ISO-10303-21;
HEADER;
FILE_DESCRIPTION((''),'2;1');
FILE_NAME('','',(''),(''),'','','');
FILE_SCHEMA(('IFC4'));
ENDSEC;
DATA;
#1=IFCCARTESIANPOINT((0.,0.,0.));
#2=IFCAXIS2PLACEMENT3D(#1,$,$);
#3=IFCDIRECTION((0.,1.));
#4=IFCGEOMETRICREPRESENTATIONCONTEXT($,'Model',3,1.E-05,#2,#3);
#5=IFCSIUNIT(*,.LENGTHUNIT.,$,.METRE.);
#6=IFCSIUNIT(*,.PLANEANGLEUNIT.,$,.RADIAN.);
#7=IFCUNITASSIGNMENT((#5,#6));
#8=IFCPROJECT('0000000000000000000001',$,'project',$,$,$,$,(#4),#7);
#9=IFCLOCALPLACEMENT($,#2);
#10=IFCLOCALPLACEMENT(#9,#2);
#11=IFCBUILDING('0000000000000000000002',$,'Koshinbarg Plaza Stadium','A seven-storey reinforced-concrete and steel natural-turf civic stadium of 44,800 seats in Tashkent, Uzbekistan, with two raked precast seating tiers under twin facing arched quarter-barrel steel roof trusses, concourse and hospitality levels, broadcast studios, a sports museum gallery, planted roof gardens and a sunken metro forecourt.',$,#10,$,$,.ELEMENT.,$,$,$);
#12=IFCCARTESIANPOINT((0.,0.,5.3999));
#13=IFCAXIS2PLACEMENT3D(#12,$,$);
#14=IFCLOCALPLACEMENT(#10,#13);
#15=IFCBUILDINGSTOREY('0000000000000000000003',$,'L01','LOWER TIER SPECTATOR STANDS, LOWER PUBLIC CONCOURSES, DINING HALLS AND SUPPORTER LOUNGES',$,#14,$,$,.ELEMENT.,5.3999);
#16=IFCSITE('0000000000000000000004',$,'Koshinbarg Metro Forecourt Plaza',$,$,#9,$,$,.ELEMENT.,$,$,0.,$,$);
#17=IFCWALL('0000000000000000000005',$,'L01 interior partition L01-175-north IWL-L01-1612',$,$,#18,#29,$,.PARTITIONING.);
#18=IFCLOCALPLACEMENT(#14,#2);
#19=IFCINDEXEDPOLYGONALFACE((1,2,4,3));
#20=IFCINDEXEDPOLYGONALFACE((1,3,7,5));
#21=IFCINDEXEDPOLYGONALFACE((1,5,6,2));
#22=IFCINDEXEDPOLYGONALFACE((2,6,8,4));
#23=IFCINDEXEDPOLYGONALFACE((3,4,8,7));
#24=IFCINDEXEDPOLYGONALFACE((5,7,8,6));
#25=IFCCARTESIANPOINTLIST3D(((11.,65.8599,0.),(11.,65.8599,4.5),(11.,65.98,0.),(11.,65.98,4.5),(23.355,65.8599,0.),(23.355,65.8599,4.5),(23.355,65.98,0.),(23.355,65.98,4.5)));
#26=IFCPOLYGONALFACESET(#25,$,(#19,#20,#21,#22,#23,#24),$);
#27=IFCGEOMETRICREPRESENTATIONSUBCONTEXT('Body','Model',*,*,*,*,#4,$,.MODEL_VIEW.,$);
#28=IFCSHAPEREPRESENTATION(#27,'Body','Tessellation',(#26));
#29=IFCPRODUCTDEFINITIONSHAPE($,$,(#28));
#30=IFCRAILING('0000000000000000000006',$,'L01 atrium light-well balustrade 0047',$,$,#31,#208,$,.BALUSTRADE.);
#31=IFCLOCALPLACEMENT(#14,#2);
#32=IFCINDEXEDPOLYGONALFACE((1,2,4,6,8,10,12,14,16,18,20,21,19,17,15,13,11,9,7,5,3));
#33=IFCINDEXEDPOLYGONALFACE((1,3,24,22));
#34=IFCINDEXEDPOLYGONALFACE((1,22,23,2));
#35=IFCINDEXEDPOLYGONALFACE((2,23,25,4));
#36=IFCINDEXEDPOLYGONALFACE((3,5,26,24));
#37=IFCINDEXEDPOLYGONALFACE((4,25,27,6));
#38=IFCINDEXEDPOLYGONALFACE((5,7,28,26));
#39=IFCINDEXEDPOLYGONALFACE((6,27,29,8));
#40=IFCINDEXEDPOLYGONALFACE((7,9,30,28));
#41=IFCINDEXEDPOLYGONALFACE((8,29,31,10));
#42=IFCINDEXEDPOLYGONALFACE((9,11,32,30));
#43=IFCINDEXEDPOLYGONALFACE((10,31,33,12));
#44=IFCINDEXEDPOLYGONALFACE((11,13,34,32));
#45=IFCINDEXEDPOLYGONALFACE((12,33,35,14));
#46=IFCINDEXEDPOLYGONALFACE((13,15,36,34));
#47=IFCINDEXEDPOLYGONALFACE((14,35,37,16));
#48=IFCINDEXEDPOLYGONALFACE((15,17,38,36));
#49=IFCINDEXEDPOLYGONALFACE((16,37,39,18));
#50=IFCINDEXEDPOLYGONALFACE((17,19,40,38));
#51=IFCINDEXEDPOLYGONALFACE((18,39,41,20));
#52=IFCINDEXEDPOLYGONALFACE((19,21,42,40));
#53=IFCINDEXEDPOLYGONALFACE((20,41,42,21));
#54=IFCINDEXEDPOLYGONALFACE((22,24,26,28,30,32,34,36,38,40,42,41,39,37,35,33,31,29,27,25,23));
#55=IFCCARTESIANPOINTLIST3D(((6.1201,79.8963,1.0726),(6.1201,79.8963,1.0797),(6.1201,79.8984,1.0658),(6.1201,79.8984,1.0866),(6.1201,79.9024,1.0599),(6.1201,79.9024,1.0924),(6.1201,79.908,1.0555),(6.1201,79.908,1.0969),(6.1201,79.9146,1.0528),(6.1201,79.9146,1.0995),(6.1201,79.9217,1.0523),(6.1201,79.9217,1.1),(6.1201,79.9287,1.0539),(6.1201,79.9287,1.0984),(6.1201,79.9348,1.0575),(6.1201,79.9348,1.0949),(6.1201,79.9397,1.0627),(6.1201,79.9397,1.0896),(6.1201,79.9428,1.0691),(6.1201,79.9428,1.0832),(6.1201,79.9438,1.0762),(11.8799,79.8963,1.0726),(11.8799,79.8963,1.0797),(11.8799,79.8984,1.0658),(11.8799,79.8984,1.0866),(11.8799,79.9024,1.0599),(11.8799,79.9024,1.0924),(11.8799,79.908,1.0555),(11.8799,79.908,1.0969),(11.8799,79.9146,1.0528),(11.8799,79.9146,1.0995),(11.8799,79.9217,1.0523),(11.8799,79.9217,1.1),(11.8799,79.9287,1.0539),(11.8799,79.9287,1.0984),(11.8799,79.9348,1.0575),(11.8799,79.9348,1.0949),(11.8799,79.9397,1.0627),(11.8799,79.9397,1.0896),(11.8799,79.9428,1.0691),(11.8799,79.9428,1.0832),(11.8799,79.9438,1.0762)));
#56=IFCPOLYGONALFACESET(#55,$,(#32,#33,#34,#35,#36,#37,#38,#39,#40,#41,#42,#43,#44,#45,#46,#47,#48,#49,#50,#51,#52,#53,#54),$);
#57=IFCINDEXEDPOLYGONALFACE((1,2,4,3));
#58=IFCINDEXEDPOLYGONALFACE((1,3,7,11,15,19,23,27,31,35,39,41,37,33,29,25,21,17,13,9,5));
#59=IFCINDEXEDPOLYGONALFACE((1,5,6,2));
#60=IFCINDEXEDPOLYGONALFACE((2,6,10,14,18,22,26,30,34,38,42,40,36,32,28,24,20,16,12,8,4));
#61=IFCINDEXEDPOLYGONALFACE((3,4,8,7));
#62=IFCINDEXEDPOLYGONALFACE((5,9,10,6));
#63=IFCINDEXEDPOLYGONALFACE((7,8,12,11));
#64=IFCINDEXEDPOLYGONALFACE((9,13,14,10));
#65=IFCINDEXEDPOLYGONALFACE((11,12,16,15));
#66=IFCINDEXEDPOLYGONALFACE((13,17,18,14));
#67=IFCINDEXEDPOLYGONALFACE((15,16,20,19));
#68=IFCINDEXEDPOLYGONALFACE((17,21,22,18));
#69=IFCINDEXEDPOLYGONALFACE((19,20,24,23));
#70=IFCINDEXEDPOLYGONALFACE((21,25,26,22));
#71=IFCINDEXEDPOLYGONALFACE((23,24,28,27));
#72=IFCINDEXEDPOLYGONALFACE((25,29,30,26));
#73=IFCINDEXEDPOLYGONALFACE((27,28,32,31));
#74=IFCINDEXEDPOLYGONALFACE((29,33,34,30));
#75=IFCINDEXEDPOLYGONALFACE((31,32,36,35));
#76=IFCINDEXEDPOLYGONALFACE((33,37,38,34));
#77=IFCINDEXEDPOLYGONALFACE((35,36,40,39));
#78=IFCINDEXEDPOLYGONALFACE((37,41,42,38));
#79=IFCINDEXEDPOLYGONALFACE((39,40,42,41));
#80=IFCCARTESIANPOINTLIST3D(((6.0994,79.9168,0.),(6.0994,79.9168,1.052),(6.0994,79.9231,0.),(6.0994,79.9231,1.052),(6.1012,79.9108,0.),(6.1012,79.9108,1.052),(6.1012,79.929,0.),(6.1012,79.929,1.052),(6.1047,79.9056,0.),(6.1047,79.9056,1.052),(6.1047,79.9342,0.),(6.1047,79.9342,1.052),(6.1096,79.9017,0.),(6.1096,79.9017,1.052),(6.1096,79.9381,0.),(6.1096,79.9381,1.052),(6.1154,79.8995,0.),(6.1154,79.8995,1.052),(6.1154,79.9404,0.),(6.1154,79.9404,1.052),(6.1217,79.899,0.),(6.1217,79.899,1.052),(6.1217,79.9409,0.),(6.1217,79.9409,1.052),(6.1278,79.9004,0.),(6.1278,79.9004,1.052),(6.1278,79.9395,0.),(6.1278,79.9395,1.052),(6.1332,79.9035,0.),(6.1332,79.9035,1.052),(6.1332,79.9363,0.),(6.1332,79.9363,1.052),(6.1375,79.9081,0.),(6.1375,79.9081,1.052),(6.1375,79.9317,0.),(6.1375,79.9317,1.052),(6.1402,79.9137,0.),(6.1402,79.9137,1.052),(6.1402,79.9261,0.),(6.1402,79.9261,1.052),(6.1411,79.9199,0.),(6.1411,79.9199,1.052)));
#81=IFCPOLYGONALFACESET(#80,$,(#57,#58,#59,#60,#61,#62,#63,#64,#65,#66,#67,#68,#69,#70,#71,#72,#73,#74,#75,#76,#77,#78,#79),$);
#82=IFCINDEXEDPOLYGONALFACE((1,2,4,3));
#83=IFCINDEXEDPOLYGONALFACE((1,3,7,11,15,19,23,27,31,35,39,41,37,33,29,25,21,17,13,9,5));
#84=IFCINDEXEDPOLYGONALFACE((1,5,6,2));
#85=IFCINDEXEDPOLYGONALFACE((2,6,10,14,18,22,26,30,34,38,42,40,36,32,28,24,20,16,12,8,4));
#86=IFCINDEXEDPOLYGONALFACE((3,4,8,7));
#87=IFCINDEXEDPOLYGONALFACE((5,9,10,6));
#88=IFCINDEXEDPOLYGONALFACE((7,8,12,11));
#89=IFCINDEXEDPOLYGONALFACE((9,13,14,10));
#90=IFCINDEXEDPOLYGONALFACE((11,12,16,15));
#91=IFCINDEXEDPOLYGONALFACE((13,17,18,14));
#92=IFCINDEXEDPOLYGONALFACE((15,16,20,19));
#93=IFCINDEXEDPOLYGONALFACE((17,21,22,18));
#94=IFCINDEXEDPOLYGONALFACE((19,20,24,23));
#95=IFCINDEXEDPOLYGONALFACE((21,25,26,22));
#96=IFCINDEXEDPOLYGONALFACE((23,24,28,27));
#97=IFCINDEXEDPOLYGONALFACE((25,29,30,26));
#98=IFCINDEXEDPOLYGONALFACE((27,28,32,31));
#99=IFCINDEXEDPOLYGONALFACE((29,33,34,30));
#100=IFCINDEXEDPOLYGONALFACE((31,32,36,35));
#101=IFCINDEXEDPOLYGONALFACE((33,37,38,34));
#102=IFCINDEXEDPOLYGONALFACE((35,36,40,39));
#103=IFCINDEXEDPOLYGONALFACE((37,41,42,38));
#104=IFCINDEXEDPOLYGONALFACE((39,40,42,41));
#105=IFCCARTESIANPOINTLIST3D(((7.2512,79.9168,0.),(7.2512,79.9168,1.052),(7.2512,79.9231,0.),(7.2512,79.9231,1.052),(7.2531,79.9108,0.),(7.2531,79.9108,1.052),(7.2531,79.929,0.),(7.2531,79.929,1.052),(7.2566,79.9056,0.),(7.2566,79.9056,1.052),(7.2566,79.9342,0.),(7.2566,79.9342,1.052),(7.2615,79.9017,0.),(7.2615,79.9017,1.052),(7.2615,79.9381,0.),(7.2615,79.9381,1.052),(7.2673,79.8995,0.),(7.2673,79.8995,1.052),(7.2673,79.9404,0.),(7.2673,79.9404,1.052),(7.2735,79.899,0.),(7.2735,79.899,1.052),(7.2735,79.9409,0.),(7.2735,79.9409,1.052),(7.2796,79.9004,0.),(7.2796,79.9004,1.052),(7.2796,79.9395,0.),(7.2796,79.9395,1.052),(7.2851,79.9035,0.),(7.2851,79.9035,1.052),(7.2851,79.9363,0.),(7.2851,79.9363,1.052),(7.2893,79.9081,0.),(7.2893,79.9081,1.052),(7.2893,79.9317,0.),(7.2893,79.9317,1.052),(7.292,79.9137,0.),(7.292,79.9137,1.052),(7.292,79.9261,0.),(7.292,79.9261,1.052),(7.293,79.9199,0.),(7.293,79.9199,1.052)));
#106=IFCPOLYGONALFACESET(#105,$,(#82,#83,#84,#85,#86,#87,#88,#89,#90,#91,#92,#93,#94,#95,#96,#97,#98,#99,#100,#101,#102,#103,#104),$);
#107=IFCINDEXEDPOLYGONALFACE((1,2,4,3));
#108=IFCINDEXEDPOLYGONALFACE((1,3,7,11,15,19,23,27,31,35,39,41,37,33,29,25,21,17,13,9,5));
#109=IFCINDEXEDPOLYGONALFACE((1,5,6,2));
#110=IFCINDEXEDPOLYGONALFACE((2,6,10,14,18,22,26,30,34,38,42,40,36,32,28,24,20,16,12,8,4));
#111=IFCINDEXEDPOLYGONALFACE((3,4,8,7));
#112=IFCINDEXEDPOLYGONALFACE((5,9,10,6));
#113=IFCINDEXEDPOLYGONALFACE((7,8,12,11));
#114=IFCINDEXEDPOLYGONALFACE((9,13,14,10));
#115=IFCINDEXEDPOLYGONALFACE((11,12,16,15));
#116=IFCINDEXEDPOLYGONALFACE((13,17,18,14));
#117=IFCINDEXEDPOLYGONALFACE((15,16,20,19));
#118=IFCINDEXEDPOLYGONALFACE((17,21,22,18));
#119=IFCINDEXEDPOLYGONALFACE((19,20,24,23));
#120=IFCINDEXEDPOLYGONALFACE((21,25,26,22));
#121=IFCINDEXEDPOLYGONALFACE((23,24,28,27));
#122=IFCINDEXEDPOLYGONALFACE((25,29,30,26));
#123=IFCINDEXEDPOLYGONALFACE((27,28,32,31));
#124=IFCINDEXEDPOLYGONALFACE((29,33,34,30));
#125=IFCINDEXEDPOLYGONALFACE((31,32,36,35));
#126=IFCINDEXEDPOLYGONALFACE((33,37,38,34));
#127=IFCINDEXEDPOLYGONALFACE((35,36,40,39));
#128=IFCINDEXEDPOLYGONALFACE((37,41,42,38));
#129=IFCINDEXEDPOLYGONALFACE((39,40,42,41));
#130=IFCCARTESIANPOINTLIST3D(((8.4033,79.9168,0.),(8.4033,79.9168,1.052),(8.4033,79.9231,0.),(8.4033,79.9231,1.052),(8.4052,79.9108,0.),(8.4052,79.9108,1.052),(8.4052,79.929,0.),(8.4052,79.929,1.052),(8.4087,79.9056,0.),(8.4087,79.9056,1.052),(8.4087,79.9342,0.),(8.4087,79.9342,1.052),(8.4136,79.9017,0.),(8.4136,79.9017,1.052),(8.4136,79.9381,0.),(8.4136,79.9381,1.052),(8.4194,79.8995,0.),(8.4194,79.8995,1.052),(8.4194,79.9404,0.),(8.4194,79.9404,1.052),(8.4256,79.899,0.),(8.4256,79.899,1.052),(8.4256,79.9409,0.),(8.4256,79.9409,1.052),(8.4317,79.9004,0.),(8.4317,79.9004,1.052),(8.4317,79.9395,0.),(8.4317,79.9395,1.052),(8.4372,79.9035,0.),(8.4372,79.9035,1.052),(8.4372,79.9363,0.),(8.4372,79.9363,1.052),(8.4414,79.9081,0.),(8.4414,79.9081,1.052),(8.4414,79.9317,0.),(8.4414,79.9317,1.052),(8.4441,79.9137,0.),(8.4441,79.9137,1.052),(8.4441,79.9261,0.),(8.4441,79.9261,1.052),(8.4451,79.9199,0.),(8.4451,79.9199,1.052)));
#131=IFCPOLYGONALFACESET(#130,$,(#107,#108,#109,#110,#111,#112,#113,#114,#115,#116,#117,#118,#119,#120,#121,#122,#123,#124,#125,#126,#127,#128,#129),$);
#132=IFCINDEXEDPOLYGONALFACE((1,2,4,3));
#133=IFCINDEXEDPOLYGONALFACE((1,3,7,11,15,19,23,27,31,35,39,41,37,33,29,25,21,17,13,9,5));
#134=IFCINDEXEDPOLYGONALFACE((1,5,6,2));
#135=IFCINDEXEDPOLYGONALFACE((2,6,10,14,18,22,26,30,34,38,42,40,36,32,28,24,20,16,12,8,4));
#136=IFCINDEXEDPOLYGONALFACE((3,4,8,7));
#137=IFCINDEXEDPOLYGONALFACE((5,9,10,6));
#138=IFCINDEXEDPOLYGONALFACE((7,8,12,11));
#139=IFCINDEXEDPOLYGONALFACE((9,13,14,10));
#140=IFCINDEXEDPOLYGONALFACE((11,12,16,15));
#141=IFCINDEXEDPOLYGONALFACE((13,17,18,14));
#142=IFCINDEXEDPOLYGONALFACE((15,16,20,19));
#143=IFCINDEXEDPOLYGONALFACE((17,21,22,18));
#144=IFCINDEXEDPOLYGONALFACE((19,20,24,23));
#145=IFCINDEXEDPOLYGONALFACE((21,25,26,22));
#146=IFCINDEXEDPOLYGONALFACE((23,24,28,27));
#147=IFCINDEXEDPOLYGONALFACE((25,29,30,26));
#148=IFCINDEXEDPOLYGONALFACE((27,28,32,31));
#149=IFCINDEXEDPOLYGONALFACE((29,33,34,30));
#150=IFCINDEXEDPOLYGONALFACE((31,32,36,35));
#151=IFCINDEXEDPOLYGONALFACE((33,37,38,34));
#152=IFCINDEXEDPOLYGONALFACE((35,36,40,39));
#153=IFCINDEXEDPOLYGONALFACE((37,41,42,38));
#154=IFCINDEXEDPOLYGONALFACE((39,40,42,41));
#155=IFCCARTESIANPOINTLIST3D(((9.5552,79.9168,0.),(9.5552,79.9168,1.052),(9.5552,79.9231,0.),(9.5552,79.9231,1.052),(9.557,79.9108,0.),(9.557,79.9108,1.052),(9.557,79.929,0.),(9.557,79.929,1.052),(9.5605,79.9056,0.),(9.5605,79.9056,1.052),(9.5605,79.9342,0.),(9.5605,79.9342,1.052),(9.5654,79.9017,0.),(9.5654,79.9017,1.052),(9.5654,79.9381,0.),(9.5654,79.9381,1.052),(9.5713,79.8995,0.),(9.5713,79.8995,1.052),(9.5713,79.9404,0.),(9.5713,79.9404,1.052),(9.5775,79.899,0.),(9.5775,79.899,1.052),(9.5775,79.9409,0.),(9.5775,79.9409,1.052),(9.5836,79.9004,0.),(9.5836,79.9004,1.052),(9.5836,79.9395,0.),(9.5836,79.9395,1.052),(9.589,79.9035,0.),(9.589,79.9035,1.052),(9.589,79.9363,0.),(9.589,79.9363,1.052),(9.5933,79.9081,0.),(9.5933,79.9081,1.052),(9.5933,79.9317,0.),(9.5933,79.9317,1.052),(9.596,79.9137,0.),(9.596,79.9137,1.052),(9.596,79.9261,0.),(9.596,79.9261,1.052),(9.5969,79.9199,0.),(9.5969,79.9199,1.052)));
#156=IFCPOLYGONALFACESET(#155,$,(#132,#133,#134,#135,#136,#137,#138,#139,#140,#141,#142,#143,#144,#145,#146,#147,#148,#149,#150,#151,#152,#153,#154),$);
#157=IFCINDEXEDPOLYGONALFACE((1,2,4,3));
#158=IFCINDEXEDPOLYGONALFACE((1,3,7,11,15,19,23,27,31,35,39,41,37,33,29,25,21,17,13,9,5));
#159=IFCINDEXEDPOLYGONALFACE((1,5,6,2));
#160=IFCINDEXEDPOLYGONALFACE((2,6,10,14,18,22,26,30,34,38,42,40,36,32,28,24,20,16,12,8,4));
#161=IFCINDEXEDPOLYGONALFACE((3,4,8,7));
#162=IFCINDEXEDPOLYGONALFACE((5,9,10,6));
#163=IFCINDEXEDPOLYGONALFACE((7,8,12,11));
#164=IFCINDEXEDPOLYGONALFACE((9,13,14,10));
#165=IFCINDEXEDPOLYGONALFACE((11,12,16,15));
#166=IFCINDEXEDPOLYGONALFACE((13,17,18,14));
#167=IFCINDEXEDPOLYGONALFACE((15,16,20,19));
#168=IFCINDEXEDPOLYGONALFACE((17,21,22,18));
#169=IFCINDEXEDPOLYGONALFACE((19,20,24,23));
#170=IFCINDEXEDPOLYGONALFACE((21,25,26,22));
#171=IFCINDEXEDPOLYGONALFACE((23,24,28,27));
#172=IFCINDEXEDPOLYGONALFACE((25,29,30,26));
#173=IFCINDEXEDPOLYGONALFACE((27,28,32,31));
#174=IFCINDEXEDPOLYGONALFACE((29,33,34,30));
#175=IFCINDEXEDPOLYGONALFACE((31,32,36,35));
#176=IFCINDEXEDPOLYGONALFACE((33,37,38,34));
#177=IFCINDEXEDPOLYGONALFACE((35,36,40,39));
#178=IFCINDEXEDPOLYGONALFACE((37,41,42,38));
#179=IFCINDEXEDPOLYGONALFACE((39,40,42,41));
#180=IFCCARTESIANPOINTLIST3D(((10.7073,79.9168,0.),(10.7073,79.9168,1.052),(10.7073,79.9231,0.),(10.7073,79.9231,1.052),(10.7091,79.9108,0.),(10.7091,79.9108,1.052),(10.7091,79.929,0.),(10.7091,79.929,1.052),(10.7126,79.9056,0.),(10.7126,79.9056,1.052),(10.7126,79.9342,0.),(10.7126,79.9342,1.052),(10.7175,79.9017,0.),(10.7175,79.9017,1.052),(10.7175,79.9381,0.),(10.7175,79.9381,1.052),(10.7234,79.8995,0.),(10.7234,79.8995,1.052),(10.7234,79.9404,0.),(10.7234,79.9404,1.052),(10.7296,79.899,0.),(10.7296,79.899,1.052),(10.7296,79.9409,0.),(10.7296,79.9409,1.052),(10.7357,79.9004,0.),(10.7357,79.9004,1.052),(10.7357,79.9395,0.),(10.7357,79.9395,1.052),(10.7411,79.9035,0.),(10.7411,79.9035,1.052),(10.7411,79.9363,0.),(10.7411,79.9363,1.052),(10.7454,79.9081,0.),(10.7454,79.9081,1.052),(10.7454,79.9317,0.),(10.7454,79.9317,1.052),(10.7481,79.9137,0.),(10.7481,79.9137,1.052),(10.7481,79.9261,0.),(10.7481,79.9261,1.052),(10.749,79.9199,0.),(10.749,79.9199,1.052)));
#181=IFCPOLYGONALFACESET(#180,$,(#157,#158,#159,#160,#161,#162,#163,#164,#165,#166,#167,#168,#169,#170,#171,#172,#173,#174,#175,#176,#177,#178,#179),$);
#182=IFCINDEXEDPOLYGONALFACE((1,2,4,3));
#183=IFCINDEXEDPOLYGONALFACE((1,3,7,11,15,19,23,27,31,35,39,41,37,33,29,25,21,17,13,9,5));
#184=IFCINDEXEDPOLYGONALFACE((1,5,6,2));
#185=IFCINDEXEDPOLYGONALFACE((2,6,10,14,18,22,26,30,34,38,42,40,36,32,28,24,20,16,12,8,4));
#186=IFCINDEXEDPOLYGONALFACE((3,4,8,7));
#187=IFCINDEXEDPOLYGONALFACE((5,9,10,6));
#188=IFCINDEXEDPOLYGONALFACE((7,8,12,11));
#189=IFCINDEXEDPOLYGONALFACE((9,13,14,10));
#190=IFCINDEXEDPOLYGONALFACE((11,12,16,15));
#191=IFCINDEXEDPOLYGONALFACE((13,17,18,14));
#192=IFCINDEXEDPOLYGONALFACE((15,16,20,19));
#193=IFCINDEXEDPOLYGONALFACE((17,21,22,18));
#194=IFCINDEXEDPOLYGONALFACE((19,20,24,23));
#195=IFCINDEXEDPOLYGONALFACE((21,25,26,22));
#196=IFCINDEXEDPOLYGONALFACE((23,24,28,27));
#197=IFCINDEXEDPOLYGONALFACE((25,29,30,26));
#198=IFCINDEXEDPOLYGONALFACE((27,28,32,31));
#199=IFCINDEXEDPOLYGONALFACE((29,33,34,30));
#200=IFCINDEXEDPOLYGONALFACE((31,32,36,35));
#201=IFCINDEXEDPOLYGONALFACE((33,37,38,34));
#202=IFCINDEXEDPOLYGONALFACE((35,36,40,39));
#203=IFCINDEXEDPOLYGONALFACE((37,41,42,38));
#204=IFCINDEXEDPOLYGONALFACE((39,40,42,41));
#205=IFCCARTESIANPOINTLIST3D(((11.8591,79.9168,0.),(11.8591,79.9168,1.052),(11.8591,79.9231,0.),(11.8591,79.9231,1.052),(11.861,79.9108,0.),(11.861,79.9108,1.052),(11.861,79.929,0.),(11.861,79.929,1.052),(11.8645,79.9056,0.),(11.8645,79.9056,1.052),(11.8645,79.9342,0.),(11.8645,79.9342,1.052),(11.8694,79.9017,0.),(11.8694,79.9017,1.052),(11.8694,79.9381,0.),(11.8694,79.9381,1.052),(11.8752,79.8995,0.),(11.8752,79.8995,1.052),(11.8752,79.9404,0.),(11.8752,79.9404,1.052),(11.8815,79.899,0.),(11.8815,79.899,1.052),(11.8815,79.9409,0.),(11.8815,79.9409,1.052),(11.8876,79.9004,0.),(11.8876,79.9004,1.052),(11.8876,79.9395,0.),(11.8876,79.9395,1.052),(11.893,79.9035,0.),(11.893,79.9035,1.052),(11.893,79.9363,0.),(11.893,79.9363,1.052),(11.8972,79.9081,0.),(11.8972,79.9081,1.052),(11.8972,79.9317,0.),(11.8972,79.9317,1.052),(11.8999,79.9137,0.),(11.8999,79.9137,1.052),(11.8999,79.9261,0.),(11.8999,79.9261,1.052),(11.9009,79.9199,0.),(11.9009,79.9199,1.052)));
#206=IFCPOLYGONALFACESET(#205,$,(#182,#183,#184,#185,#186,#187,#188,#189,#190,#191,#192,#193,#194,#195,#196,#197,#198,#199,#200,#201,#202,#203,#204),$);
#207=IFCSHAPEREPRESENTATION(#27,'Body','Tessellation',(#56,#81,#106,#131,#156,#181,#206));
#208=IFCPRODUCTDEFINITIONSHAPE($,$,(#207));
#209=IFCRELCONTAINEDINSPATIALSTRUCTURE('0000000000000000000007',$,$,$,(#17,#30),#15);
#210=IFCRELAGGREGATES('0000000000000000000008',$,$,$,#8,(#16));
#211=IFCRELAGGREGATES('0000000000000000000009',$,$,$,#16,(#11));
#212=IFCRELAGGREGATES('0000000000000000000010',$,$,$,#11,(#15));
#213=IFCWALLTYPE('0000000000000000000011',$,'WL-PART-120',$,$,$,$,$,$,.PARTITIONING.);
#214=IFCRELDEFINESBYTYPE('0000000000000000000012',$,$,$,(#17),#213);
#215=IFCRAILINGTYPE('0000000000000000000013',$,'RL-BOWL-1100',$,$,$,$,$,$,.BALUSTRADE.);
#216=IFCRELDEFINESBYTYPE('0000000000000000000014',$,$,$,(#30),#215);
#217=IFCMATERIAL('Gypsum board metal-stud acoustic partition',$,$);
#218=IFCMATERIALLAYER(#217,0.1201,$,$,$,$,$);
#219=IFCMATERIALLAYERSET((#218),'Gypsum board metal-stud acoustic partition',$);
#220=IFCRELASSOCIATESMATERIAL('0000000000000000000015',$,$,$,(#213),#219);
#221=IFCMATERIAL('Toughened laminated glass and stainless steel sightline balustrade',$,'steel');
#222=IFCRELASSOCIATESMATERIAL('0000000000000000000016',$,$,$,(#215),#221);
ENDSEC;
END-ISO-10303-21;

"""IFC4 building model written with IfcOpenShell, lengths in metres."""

from ifc_helpers import new_model, si_unit, direction, frame, frame_2d, origin, origin_2d, place, context, subcontext, project, spatial, rectangle, circle, extrude, material, layer, layer_set, type_object, element, save


model = new_model("IFC4")

# Units and contexts
model_context = context("Model", 3, precision=1e-05, world=origin(), true_north=direction((0.0, 1.0)))
body_context = subcontext(model_context, "Body", "Model", "MODEL_VIEW")
ifc_project = project(units=[si_unit("LENGTHUNIT", "METRE"), si_unit("PLANEANGLEUNIT", "RADIAN")], contexts=[model_context])

# Site, building, storey
site_placement = place(None, origin())
site = spatial("IfcSite", under=ifc_project, at=site_placement, Name="Koshinbarg Metro Forecourt Plaza", CompositionType="ELEMENT", RefElevation=0.0)
building_placement = place(site_placement, origin())
building = spatial("IfcBuilding", under=site, at=building_placement, Name="Koshinbarg Plaza Stadium", Description="A seven-storey reinforced-concrete and steel natural-turf civic stadium of 44,800 seats in Tashkent, Uzbekistan, with two raked precast seating tiers under twin facing arched quarter-barrel steel roof trusses, concourse and hospitality levels, broadcast studios, a sports museum gallery, planted roof gardens and a sunken metro forecourt.", CompositionType="ELEMENT")
storey_placement = place(building_placement, frame((0.0, 0.0, 5.3999)))
storey = spatial("IfcBuildingStorey", under=building, at=storey_placement, Name="L01", Description="LOWER TIER SPECTATOR STANDS, LOWER PUBLIC CONCOURSES, DINING HALLS AND SUPPORTER LOUNGES", CompositionType="ELEMENT", Elevation=5.3999)

# Wall
ifc_material_1 = material(Name="Gypsum board metal-stud acoustic partition")
ifc_layer = layer(ifc_material_1, 0.1201)
ifc_layer_set = layer_set([ifc_layer], Name="Gypsum board metal-stud acoustic partition")
wall_type = type_object("IfcWallType", Name="WL-PART-120", PredefinedType="PARTITIONING", material=ifc_layer_set)
wall_1_placement = place(storey_placement, frame((23.355, 65.9199, 0.0), z_axis=(0.0, 0.0, 1.0), x_axis=(-1.0, 0.0, 0.0)))
element("IfcWall", 1, at=wall_1_placement, inside=storey, type_object=wall_type, Name="L01 interior partition L01-175-north IWL-L01-1612", PredefinedType="PARTITIONING", context=body_context, shape_type="SweptSolid", body=[
    extrude(rectangle(XDim=12.355, YDim=0.1201, at=frame_2d((6.1775, 0.0))), origin(), (0.0, 0.0, 1.0), 4.5),
])

# Railing
ifc_material_2 = material(Name="Toughened laminated glass and stainless steel sightline balustrade", Category="steel")
railing_type = type_object("IfcRailingType", Name="RL-BOWL-1100", PredefinedType="BALUSTRADE", material=ifc_material_2)
railing_1_placement = place(storey_placement, frame((6.1201, 79.9199, 0.0)))
element("IfcRailing", 2, at=railing_1_placement, inside=storey, type_object=railing_type, Name="L01 atrium light-well balustrade 0047", PredefinedType="BALUSTRADE", context=body_context, shape_type="SweptSolid", body=[
    extrude(circle(Radius=0.0239, at=origin_2d()), frame((0.0, 0.0, 1.0762), z_axis=(1.0, 0.0, 0.0), x_axis=(0.0, 1.0, 0.0)), (0.0, 0.0, 1.0), 5.7598),
    extrude(circle(Radius=0.021, at=origin_2d()), origin(), (0.0, 0.0, 1.0), 1.052),
    extrude(circle(Radius=0.021, at=origin_2d()), frame((1.1519, 0.0, 0.0)), (0.0, 0.0, 1.0), 1.052),
    extrude(circle(Radius=0.021, at=origin_2d()), frame((2.304, 0.0, 0.0)), (0.0, 0.0, 1.0), 1.052),
    extrude(circle(Radius=0.021, at=origin_2d()), frame((3.4558, 0.0, 0.0)), (0.0, 0.0, 1.0), 1.052),
    extrude(circle(Radius=0.021, at=origin_2d()), frame((4.6079, 0.0, 0.0)), (0.0, 0.0, 1.0), 1.052),
    extrude(circle(Radius=0.021, at=origin_2d()), frame((5.7598, 0.0, 0.0)), (0.0, 0.0, 1.0), 1.052),
])

save(model, "model.ifc")
